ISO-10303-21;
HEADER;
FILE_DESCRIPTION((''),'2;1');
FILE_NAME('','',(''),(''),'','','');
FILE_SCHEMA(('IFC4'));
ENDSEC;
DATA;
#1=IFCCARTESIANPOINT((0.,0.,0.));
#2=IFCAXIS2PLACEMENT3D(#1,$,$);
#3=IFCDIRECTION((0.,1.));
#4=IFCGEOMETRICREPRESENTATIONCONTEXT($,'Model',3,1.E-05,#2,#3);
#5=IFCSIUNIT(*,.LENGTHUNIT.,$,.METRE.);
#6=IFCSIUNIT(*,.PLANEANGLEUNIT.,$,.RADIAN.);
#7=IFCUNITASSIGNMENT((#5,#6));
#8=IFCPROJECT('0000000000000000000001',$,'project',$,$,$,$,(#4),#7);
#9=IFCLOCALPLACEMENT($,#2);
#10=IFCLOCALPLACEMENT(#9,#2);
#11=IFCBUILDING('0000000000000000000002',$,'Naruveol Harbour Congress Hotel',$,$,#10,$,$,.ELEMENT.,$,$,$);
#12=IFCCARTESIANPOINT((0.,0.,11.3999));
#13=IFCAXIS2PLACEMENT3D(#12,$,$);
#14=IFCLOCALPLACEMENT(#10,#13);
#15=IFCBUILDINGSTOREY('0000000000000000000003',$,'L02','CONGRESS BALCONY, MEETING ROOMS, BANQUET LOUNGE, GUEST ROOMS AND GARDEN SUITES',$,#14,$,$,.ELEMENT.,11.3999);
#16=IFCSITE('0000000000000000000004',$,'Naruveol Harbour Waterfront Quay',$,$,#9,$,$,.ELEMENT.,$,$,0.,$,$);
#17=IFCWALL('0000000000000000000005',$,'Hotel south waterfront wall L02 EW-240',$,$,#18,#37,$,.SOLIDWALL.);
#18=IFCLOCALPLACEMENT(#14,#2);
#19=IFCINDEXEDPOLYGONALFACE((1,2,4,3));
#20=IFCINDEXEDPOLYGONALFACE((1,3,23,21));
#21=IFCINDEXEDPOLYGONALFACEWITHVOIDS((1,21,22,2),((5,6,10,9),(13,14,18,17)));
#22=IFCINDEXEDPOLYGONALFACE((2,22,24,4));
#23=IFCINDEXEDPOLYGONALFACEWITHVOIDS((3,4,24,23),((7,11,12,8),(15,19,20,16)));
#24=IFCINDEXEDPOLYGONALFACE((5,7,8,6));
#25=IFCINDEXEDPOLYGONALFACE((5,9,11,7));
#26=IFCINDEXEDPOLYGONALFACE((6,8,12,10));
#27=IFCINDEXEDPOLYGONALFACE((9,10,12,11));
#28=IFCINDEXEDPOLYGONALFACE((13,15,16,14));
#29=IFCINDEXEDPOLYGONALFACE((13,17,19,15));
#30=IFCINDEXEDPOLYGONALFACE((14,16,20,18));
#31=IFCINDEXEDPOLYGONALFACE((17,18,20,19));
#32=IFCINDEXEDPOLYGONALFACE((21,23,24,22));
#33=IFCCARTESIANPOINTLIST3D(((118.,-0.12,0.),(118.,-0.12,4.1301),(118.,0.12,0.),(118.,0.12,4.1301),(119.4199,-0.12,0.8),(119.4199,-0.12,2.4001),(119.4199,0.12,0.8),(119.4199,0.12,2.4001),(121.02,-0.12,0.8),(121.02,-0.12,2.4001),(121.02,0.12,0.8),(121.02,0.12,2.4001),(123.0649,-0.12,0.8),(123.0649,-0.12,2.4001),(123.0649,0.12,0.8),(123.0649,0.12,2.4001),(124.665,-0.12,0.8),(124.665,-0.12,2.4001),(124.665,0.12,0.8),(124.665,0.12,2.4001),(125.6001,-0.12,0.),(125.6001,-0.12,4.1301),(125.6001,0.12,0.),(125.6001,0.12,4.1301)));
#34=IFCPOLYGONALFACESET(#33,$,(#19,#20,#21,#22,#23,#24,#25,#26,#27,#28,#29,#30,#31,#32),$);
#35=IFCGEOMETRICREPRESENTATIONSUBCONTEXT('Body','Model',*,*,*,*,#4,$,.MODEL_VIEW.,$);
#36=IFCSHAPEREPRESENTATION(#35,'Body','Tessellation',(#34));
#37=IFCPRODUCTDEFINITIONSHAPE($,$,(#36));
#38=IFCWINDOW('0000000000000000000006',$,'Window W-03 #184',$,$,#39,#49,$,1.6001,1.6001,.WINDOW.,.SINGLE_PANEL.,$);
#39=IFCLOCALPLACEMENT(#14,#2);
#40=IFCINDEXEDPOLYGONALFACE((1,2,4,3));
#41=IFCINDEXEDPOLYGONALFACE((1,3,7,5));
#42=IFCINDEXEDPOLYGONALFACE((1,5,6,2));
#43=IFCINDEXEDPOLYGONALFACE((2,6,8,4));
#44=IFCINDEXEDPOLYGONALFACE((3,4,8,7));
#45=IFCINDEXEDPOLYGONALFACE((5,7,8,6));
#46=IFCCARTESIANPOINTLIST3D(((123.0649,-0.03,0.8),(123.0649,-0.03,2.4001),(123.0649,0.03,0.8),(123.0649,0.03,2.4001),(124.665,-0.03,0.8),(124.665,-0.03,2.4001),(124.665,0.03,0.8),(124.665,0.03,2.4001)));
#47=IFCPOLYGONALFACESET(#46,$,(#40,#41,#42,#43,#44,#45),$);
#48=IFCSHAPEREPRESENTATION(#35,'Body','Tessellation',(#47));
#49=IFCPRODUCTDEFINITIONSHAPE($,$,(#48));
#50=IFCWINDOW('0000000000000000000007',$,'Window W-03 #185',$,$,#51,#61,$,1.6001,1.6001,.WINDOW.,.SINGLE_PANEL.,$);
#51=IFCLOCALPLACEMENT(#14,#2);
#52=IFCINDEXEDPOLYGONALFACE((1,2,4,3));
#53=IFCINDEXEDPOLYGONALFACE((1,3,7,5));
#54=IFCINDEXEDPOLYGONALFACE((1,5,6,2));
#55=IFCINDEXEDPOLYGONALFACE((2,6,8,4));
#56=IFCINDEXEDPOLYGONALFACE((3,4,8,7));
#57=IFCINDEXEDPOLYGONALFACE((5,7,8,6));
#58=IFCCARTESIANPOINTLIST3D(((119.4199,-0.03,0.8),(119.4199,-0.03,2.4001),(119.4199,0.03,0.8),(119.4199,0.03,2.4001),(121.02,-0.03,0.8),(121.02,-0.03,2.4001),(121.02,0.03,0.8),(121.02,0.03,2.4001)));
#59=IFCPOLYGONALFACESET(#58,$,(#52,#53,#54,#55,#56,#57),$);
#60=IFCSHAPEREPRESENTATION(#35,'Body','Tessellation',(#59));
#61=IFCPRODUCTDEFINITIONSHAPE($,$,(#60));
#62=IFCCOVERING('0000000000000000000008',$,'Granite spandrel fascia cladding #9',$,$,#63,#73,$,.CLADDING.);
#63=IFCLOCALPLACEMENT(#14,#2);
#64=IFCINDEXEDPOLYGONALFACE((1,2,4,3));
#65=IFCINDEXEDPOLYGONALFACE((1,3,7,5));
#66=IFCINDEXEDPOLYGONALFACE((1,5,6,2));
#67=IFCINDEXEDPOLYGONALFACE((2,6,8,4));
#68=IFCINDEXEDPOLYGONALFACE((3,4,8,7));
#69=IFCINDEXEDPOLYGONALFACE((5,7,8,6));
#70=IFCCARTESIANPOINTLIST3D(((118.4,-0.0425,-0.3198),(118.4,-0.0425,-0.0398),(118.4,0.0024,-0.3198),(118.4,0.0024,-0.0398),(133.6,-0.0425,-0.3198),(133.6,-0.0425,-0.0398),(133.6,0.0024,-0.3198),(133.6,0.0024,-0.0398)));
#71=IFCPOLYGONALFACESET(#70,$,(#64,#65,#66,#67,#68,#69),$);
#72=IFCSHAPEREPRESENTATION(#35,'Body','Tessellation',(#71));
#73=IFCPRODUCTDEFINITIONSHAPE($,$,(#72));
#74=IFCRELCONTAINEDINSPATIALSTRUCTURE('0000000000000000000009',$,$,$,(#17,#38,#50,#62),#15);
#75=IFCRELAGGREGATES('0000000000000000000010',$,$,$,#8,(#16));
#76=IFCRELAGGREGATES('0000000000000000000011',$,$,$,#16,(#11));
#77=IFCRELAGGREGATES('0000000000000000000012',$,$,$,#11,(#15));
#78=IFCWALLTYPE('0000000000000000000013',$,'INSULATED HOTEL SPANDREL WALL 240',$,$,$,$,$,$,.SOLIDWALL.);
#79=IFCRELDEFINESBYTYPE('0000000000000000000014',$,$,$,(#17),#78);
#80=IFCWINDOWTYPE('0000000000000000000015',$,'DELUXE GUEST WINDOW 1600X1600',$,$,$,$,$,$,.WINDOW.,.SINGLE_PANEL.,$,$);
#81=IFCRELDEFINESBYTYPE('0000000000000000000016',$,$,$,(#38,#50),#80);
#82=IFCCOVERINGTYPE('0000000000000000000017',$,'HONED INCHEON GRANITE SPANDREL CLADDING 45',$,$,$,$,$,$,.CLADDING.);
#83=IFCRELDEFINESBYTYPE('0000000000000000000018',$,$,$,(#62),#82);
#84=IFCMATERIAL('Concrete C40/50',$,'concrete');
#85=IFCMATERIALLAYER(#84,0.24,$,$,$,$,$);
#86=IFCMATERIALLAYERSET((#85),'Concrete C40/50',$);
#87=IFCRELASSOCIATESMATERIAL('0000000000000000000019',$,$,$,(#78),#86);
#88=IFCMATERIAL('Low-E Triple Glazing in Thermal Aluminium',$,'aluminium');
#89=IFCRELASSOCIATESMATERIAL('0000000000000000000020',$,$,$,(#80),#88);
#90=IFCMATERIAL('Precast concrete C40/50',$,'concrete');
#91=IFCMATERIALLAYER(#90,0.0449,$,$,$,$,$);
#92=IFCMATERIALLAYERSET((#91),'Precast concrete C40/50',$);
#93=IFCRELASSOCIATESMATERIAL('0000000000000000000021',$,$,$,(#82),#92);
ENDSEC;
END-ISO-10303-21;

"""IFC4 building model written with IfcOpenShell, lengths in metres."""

from ifc_helpers import new_model, si_unit, direction, frame, frame_2d, origin, origin_2d, place, context, subcontext, project, spatial, rectangle, extrude, material, layer, layer_set, type_object, element, fill, save


model = new_model("IFC4")

# Units and contexts
model_context = context("Model", 3, precision=1e-05, world=origin(), true_north=direction((0.0, 1.0)))
body_context = subcontext(model_context, "Body", "Model", "MODEL_VIEW")
ifc_project = project(units=[si_unit("LENGTHUNIT", "METRE"), si_unit("PLANEANGLEUNIT", "RADIAN")], contexts=[model_context])

# Site, building, storey
site_placement = place(None, origin())
site = spatial("IfcSite", under=ifc_project, at=site_placement, Name="Naruveol Harbour Waterfront Quay", CompositionType="ELEMENT", RefElevation=0.0)
building_placement = place(site_placement, origin())
building = spatial("IfcBuilding", under=site, at=building_placement, Name="Naruveol Harbour Congress Hotel", CompositionType="ELEMENT")
storey_placement = place(building_placement, frame((0.0, 0.0, 11.3999)))
storey = spatial("IfcBuildingStorey", under=building, at=storey_placement, Name="L02", Description="CONGRESS BALCONY, MEETING ROOMS, BANQUET LOUNGE, GUEST ROOMS AND GARDEN SUITES", CompositionType="ELEMENT", Elevation=11.3999)

# Wall, openings, windows
ifc_material_1 = material(Name="Concrete C40/50", Category="concrete")
ifc_layer_1 = layer(ifc_material_1, 0.24)
ifc_layer_set_1 = layer_set([ifc_layer_1], Name="Concrete C40/50")
wall_type_1 = type_object("IfcWallType", Name="INSULATED HOTEL SPANDREL WALL 240", PredefinedType="SOLIDWALL", material=ifc_layer_set_1)
wall_1_placement = place(storey_placement, frame((125.6001, 0.0, 0.0), z_axis=(0.0, 0.0, 1.0), x_axis=(-1.0, 0.0, 0.0)))
wall_1 = element("IfcWall", 1, at=wall_1_placement, inside=storey, type_object=wall_type_1, Name="Hotel south waterfront wall L02 EW-240", PredefinedType="SOLIDWALL", context=body_context, shape_type="SweptSolid", body=[
    extrude(rectangle(XDim=7.6001, YDim=0.24, at=frame_2d((3.8, 0.0))), origin(), (0.0, 0.0, 1.0), 4.1301),
])
opening_1_placement = place(wall_1_placement, frame((0.9351, 0.0, 0.8)))
opening_1 = element("IfcOpeningElement", 2, at=opening_1_placement, cuts=wall_1, PredefinedType="OPENING", context=body_context, shape_type="SweptSolid", body=[
    extrude(rectangle(XDim=1.6001, YDim=1.6001, at=frame_2d((0.8, 0.8))), frame((0.0, 0.1299, 0.0), z_axis=(0.0, -1.0, 0.0), x_axis=(1.0, 0.0, 0.0)), (0.0, 0.0, 1.0), 0.26),
])
opening_2_placement = place(wall_1_placement, frame((4.5801, 0.0, 0.8)))
opening_2 = element("IfcOpeningElement", 3, at=opening_2_placement, cuts=wall_1, PredefinedType="OPENING", context=body_context, shape_type="SweptSolid", body=[
    extrude(rectangle(XDim=1.6001, YDim=1.6001, at=frame_2d((0.8, 0.8))), frame((0.0, 0.1299, 0.0), z_axis=(0.0, -1.0, 0.0), x_axis=(1.0, 0.0, 0.0)), (0.0, 0.0, 1.0), 0.26),
])
ifc_material_2 = material(Name="Low-E Triple Glazing in Thermal Aluminium", Category="aluminium")
window_type = type_object("IfcWindowType", Name="DELUXE GUEST WINDOW 1600X1600", PartitioningType="SINGLE_PANEL", PredefinedType="WINDOW", material=ifc_material_2)
window_1_placement = place(opening_1_placement, origin())
window_1 = element("IfcWindow", 4, at=window_1_placement, inside=storey, type_object=window_type, Name="Window W-03 #184", OverallHeight=1.6001, OverallWidth=1.6001, PartitioningType="SINGLE_PANEL", PredefinedType="WINDOW", context=body_context, shape_type="SweptSolid", body=[
    extrude(rectangle(XDim=1.6001, YDim=1.6001, at=frame_2d((0.8, 0.8))), frame((0.0, 0.03, 0.0), z_axis=(0.0, -1.0, 0.0), x_axis=(1.0, 0.0, 0.0)), (0.0, 0.0, 1.0), 0.0601),
])
fill(opening_1, window_1)
window_2_placement = place(opening_2_placement, origin())
window_2 = element("IfcWindow", 5, at=window_2_placement, inside=storey, type_object=window_type, Name="Window W-03 #185", OverallHeight=1.6001, OverallWidth=1.6001, PartitioningType="SINGLE_PANEL", PredefinedType="WINDOW", context=body_context, shape_type="SweptSolid", body=[
    extrude(rectangle(XDim=1.6001, YDim=1.6001, at=frame_2d((0.8, 0.8))), frame((0.0, 0.03, 0.0), z_axis=(0.0, -1.0, 0.0), x_axis=(1.0, 0.0, 0.0)), (0.0, 0.0, 1.0), 0.0601),
])
fill(opening_2, window_2)

# Covering
ifc_material_3 = material(Name="Precast concrete C40/50", Category="concrete")
ifc_layer_2 = layer(ifc_material_3, 0.0449)
ifc_layer_set_2 = layer_set([ifc_layer_2], Name="Precast concrete C40/50")
covering_type = type_object("IfcCoveringType", Name="HONED INCHEON GRANITE SPANDREL CLADDING 45", PredefinedType="CLADDING", material=ifc_layer_set_2)
covering_placement = place(storey_placement, frame((126.0, -0.02, -0.3198), z_axis=(0.0, 0.0, 1.0), x_axis=(1.0, 0.0, 0.0)))
element("IfcCovering", 6, at=covering_placement, inside=storey, type_object=covering_type, Name="Granite spandrel fascia cladding #9", PredefinedType="CLADDING", context=body_context, shape_type="SweptSolid", body=[
    extrude(rectangle(XDim=15.2, YDim=0.0449, at=origin_2d()), origin(), (0.0, 0.0, 1.0), 0.28),
])

save(model, "model.ifc")
